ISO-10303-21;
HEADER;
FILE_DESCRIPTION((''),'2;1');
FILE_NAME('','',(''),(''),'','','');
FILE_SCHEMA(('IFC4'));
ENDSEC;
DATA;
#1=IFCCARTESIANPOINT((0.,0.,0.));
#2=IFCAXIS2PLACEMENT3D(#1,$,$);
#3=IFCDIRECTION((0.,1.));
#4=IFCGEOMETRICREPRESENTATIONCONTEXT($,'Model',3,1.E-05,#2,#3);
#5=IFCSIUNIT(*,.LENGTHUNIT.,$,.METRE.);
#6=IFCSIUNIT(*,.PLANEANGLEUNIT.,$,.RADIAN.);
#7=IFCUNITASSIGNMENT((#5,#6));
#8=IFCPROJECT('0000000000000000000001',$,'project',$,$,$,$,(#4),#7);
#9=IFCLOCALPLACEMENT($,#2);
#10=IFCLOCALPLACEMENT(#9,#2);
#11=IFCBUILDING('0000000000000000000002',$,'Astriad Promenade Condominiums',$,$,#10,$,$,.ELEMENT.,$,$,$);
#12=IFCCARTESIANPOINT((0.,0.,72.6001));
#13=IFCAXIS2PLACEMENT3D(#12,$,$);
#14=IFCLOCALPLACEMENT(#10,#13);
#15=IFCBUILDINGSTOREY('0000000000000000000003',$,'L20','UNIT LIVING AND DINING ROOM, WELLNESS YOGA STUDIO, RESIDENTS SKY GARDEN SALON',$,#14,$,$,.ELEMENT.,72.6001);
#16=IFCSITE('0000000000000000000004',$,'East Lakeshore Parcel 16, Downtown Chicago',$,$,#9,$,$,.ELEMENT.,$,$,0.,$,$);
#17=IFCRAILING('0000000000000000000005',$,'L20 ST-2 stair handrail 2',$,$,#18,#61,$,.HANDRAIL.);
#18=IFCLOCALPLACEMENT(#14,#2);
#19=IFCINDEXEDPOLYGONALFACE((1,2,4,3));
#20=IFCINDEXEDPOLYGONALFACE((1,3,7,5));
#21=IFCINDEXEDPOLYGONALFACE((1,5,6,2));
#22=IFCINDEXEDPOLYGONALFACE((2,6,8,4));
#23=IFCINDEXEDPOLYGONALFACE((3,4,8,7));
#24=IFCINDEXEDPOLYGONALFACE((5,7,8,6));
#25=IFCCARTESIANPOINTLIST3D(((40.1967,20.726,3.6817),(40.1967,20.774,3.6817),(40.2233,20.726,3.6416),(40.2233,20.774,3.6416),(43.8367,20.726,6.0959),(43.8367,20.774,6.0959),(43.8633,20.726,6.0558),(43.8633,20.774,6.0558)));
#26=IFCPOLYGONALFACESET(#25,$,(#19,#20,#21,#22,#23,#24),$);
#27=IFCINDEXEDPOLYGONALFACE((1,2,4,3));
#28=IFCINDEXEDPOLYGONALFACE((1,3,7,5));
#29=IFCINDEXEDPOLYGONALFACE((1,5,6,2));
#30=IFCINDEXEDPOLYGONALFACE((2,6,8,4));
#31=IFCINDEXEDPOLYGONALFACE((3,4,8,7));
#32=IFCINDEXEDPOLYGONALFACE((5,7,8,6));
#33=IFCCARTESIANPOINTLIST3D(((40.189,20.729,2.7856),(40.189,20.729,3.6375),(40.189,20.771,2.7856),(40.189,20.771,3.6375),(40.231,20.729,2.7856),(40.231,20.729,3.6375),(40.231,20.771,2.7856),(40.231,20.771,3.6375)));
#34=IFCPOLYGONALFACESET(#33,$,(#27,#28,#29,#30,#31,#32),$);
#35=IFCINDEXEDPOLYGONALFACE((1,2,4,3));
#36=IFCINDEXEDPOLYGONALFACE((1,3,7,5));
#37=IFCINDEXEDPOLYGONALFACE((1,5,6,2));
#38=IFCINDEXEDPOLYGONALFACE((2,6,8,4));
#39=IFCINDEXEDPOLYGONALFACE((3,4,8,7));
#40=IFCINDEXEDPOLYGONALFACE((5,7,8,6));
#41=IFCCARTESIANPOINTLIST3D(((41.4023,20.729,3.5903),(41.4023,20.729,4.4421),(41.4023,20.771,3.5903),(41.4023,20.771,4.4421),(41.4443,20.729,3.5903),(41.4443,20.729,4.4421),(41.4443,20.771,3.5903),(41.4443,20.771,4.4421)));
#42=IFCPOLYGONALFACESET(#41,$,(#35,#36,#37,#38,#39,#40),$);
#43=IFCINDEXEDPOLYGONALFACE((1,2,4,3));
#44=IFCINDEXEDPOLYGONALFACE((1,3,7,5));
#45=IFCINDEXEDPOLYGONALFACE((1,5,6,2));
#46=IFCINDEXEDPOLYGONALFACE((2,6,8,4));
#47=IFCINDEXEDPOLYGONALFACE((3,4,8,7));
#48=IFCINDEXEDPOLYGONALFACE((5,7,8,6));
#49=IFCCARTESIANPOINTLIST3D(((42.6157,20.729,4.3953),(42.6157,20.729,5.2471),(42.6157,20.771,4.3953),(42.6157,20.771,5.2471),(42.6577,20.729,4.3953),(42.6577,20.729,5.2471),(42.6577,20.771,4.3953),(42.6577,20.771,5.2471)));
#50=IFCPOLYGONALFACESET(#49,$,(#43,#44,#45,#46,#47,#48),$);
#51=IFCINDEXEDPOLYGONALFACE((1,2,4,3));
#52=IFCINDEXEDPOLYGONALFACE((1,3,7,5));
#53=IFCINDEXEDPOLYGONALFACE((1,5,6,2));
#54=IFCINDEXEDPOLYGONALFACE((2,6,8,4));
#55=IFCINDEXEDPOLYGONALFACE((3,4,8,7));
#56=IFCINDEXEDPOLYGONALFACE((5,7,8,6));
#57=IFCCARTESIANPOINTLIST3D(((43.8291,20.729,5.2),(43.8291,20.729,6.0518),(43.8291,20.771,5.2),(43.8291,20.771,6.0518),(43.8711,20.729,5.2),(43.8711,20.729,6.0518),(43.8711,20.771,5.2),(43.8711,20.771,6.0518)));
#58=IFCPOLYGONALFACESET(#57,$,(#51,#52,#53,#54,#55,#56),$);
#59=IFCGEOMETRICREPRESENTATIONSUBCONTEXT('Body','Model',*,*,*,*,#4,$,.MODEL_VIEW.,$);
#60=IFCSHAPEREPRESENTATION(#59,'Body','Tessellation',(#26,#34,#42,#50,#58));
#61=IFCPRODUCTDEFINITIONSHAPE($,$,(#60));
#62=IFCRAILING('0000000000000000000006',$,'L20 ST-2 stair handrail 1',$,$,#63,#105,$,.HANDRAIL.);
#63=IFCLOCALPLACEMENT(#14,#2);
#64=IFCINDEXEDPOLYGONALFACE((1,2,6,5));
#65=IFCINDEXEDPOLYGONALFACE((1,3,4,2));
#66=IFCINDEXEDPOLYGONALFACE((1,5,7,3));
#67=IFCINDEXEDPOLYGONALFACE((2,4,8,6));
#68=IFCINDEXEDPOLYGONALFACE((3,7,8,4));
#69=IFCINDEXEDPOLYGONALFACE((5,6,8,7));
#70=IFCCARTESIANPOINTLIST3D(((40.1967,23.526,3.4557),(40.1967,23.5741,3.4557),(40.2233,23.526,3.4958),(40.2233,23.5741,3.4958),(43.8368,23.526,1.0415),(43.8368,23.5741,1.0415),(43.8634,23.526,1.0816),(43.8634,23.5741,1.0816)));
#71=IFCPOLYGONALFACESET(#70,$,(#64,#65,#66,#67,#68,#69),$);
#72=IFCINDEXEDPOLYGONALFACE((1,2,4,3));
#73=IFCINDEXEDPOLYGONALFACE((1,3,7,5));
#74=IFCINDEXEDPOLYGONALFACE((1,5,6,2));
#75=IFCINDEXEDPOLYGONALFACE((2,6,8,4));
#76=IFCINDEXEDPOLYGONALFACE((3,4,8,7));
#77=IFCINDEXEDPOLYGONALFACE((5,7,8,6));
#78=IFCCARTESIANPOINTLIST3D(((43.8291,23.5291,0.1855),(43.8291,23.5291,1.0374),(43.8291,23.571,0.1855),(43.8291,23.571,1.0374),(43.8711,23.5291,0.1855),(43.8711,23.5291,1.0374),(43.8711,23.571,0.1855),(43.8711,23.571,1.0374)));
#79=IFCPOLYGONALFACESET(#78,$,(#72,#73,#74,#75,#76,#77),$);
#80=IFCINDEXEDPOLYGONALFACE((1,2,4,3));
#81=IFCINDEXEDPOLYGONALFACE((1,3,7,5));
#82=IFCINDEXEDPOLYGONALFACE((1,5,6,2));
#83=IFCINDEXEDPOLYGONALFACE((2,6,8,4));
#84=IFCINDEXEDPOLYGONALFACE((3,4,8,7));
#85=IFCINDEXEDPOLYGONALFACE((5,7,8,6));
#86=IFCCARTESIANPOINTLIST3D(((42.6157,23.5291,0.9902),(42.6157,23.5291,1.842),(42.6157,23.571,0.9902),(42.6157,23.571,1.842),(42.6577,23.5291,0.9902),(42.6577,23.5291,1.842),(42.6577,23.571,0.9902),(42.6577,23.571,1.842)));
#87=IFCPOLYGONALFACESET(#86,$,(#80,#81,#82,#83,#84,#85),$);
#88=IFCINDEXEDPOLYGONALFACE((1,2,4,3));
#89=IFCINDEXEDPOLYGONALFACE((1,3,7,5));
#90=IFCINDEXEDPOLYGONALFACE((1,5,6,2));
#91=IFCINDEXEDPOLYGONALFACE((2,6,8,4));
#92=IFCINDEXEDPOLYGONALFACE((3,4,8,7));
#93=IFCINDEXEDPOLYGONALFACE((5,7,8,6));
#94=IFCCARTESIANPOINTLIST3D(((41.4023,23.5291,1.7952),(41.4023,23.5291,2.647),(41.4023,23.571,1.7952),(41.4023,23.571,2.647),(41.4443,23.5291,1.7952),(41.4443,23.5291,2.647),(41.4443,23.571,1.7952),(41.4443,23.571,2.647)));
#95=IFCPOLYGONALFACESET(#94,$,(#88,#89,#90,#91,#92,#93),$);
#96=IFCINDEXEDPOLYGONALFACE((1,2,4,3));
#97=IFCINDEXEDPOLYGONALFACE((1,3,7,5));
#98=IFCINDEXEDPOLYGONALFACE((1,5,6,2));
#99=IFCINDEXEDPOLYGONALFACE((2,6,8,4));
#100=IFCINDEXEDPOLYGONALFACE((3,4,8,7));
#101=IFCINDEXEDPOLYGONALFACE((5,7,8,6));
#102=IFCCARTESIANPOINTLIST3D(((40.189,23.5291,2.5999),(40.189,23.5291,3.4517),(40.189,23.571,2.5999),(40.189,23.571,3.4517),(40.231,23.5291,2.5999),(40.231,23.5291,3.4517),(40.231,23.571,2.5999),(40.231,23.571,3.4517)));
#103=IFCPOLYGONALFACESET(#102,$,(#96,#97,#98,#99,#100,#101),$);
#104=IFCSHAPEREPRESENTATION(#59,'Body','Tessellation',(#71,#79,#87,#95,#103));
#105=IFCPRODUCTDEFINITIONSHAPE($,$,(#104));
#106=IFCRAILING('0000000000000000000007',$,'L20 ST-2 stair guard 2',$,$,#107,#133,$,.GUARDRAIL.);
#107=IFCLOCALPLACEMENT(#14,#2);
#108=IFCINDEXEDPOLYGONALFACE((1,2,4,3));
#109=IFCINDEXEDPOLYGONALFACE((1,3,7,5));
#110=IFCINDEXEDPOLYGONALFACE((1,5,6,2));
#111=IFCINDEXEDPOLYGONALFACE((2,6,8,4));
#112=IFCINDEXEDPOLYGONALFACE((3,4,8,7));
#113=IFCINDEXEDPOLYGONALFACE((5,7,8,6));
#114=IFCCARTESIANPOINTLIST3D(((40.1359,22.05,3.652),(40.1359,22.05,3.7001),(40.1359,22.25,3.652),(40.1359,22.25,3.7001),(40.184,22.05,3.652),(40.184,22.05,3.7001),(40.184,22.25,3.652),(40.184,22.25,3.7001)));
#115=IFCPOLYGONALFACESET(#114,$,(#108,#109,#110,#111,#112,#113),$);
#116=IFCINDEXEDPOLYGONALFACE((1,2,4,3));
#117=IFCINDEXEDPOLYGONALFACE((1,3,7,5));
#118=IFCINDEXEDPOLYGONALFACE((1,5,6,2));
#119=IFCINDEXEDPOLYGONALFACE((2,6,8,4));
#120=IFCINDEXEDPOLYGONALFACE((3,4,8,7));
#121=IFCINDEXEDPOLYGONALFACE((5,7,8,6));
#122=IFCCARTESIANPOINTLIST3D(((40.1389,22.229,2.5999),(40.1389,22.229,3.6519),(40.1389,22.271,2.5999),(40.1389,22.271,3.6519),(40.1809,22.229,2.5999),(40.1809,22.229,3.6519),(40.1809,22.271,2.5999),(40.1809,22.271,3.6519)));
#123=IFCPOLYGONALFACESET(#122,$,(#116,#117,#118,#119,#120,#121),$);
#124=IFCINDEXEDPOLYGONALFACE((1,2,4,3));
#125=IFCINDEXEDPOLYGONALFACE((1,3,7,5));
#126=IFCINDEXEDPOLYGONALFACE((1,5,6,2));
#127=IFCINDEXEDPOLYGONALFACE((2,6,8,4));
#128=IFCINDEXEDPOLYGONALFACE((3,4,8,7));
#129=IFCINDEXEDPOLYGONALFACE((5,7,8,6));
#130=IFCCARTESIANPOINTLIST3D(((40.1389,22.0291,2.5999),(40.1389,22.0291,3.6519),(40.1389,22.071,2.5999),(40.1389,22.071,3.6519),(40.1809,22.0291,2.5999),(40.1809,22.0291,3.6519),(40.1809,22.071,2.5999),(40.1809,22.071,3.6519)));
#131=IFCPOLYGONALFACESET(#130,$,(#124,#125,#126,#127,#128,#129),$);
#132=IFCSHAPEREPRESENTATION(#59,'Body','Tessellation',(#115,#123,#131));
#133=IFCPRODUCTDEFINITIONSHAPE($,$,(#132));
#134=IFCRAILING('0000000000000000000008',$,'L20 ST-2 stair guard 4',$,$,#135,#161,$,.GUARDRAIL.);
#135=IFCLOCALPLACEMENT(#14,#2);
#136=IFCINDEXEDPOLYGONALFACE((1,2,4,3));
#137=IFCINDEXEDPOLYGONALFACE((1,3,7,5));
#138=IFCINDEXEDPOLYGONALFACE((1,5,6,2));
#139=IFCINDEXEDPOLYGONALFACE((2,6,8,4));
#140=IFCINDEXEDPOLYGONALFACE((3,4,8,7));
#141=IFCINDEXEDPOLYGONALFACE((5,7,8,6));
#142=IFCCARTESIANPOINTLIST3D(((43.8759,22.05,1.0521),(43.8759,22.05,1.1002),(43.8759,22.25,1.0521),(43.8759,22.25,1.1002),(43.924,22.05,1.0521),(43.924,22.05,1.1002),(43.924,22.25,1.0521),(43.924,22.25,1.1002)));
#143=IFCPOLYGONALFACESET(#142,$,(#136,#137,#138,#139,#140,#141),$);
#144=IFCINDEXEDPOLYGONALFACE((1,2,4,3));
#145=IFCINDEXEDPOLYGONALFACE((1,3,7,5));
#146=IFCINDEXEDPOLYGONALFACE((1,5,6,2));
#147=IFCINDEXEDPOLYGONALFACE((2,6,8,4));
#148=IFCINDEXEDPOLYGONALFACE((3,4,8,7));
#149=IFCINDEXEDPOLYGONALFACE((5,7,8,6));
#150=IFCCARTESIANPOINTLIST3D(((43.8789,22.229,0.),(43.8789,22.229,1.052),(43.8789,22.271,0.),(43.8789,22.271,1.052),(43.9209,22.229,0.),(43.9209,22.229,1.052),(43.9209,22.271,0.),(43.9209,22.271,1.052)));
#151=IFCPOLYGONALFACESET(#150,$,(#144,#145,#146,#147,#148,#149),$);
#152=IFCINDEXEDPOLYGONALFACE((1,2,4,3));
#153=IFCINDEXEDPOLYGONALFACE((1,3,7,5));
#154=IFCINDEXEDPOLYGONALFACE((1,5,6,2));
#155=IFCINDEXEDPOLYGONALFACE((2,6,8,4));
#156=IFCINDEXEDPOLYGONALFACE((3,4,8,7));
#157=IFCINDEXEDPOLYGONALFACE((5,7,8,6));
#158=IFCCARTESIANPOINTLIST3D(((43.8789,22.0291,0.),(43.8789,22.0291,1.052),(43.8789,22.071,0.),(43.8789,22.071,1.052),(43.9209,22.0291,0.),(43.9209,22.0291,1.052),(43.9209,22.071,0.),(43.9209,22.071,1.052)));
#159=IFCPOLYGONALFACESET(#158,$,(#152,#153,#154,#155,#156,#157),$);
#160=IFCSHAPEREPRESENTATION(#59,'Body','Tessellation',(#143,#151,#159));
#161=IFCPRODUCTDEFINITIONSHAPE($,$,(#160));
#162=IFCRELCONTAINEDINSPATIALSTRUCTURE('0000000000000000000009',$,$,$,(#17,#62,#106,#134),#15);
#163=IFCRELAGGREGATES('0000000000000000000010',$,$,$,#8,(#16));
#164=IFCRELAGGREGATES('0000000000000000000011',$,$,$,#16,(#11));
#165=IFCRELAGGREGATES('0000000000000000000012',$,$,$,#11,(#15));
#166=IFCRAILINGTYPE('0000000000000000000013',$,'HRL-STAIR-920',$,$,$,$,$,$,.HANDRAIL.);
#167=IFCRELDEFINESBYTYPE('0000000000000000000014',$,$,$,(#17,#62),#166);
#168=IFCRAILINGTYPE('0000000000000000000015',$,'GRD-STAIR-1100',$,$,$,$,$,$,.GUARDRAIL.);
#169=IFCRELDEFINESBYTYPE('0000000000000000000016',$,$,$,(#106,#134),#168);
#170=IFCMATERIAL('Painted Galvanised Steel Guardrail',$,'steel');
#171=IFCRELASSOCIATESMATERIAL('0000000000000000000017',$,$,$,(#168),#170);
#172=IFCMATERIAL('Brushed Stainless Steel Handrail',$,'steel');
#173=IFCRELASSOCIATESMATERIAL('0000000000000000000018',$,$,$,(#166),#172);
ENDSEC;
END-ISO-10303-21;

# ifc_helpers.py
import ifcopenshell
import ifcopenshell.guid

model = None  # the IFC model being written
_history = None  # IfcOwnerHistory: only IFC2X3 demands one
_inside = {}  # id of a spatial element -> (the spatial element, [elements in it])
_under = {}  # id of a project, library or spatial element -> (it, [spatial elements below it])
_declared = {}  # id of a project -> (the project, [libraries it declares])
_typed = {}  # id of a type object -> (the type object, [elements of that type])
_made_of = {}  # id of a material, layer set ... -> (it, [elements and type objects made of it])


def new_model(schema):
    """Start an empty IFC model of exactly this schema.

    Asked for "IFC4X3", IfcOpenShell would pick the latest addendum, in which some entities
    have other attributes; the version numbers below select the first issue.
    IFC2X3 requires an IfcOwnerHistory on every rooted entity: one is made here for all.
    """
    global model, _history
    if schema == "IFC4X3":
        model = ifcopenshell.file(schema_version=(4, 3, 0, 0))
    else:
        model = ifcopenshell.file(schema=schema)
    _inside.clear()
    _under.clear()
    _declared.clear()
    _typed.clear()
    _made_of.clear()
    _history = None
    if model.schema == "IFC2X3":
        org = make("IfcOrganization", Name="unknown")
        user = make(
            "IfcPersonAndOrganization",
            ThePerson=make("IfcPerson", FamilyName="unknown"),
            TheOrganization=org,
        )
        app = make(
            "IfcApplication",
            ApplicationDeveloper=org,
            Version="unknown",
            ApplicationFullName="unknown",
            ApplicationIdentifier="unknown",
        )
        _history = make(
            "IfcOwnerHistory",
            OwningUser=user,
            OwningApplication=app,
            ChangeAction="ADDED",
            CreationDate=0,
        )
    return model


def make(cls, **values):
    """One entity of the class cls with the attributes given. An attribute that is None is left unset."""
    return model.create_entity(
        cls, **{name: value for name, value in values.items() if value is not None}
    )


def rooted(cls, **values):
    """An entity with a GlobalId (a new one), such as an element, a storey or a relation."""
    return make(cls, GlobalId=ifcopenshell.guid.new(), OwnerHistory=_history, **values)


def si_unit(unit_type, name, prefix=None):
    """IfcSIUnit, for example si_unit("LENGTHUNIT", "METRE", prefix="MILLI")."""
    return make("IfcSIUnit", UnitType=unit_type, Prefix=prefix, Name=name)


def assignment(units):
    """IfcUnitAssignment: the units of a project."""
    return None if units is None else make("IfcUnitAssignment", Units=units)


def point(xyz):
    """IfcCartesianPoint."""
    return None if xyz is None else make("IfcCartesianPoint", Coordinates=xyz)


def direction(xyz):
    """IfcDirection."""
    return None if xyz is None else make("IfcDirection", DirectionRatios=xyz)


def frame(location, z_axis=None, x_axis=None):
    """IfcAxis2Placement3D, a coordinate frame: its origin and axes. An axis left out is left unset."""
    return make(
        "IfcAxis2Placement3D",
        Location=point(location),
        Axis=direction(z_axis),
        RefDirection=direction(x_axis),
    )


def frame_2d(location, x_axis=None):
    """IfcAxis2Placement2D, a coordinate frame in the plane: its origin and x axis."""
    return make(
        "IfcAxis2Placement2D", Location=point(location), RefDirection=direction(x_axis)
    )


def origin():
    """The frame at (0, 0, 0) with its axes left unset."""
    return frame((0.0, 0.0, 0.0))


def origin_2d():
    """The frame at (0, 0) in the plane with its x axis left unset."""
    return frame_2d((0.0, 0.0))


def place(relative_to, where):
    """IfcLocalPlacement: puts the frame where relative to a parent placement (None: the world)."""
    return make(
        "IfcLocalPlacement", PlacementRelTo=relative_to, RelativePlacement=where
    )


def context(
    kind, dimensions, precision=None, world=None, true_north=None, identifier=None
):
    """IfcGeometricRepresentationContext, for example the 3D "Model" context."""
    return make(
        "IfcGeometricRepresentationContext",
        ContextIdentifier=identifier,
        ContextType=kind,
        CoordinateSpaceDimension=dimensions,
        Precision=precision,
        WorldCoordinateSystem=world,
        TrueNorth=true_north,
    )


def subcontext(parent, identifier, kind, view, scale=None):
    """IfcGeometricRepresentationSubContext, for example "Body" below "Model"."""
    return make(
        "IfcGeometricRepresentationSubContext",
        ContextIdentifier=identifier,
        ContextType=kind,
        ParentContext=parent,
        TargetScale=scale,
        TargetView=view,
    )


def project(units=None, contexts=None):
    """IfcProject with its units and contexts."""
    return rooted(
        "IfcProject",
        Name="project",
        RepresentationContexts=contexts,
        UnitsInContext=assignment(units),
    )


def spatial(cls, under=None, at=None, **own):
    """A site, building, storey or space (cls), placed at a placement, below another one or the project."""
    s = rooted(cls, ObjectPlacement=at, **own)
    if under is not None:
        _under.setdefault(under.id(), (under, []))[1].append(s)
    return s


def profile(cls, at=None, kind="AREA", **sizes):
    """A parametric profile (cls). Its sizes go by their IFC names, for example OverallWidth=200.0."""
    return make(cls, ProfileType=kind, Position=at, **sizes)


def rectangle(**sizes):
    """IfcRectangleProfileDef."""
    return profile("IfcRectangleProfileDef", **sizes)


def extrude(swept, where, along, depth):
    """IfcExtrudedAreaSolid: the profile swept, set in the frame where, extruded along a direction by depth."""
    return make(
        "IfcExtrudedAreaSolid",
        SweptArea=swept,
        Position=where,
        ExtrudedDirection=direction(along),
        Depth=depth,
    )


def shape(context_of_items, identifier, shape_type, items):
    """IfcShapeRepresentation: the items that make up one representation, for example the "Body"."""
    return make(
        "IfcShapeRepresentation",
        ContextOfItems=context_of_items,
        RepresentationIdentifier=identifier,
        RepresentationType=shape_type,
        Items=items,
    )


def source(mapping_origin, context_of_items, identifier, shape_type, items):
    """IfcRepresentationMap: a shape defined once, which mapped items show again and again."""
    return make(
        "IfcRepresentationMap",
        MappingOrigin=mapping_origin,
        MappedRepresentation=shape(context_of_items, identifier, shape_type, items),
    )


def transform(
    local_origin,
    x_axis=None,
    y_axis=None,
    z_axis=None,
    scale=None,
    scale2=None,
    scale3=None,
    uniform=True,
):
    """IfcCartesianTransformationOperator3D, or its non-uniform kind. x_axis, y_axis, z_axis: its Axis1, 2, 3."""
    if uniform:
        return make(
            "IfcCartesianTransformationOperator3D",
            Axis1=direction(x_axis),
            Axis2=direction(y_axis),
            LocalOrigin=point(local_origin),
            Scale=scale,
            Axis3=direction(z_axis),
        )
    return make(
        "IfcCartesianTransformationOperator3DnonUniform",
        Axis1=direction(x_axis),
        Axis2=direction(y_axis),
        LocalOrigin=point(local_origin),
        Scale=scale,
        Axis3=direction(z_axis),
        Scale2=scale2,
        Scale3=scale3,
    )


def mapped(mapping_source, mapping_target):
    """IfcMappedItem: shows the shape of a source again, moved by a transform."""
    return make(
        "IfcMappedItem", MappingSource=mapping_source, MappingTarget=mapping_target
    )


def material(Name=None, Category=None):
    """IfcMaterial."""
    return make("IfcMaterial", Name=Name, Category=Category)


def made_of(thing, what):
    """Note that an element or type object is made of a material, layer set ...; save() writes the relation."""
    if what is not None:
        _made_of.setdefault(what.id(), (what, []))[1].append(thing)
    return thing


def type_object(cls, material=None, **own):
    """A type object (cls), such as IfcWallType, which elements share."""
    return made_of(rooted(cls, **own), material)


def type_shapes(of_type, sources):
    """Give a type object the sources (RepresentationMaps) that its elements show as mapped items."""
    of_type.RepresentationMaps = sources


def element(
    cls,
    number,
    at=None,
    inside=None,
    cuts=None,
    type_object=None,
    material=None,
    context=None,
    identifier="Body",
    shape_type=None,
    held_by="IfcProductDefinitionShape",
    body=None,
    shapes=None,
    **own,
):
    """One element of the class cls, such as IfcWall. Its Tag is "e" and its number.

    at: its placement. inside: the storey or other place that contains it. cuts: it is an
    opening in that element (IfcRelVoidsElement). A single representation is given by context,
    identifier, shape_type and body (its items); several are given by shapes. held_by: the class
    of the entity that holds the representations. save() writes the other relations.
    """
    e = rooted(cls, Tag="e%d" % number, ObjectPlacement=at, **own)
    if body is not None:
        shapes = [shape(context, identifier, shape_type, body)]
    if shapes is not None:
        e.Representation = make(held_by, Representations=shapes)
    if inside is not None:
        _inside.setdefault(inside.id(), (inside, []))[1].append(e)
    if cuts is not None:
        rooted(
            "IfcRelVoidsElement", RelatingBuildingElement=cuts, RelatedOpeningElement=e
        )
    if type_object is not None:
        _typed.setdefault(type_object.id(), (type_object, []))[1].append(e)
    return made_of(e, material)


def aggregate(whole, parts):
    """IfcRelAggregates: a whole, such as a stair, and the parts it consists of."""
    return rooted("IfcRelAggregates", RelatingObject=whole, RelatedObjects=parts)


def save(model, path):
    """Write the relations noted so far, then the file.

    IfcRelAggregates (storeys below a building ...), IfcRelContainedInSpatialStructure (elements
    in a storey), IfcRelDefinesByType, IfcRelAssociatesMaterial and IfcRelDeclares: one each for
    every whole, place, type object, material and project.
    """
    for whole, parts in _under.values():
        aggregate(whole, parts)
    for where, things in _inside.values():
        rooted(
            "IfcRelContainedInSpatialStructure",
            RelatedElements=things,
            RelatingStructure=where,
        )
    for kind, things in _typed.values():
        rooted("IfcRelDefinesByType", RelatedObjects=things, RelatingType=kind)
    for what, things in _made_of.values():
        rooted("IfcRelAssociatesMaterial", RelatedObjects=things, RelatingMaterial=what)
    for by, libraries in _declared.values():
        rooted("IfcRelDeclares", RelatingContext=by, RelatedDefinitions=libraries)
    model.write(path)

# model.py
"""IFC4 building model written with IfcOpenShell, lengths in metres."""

from ifc_helpers import new_model, si_unit, direction, frame, origin, origin_2d, place, context, subcontext, project, spatial, rectangle, extrude, source, transform, mapped, material, type_object, type_shapes, element, save


model = new_model("IFC4")

# Units and contexts
model_context = context("Model", 3, precision=1e-05, world=origin(), true_north=direction((0.0, 1.0)))
body_context = subcontext(model_context, "Body", "Model", "MODEL_VIEW")
ifc_project = project(units=[si_unit("LENGTHUNIT", "METRE"), si_unit("PLANEANGLEUNIT", "RADIAN")], contexts=[model_context])

# Site, building, storey
site_placement = place(None, origin())
site = spatial("IfcSite", under=ifc_project, at=site_placement, Name="East Lakeshore Parcel 16, Downtown Chicago", CompositionType="ELEMENT", RefElevation=0.0)
building_placement = place(site_placement, origin())
building = spatial("IfcBuilding", under=site, at=building_placement, Name="Astriad Promenade Condominiums", CompositionType="ELEMENT")
storey_placement = place(building_placement, frame((0.0, 0.0, 72.6001)))
storey = spatial("IfcBuildingStorey", under=building, at=storey_placement, Name="L20", Description="UNIT LIVING AND DINING ROOM, WELLNESS YOGA STUDIO, RESIDENTS SKY GARDEN SALON", CompositionType="ELEMENT", Elevation=72.6001)

# Railings
ifc_material_1 = material(Name="Painted Galvanised Steel Guardrail", Category="steel")
railing_type_1 = type_object("IfcRailingType", Name="GRD-STAIR-1100", PredefinedType="GUARDRAIL", material=ifc_material_1)
ifc_material_2 = material(Name="Brushed Stainless Steel Handrail", Category="steel")
railing_type_2 = type_object("IfcRailingType", Name="HRL-STAIR-920", PredefinedType="HANDRAIL", material=ifc_material_2)
shared_shape_1 = source(origin(), body_context, "Body", "SweptSolid", [
    extrude(rectangle(XDim=0.0481, YDim=0.0481, at=origin_2d()), frame((0.0, 0.0, 0.876), z_axis=(0.833364, 0.0, 0.552725), x_axis=(0.0, 1.0, 0.0)), (0.0, 0.0, 1.0), 4.3679),
    extrude(rectangle(XDim=0.042, YDim=0.042, at=origin_2d()), origin(), (0.0, 0.0, 1.0), 0.8518),
    extrude(rectangle(XDim=0.042, YDim=0.042, at=origin_2d()), frame((1.2134, 0.0, 0.8047)), (0.0, 0.0, 1.0), 0.8518),
    extrude(rectangle(XDim=0.042, YDim=0.042, at=origin_2d()), frame((2.4268, 0.0, 1.6096)), (0.0, 0.0, 1.0), 0.8518),
    extrude(rectangle(XDim=0.042, YDim=0.042, at=origin_2d()), frame((3.6401, 0.0, 2.4143)), (0.0, 0.0, 1.0), 0.8518),
])
railing_1_placement = place(storey_placement, frame((40.21, 20.75, 2.7856)))
element("IfcRailing", 1, at=railing_1_placement, inside=storey, type_object=railing_type_2, Name="L20 ST-2 stair handrail 2", PredefinedType="HANDRAIL", context=body_context, shape_type="MappedRepresentation", body=[
    mapped(shared_shape_1, transform((0.0, 0.0, 0.0), scale=1.0)),
])
shared_shape_2 = source(origin(), body_context, "Body", "SweptSolid", [
    extrude(rectangle(XDim=0.0481, YDim=0.0481, at=origin_2d()), frame((0.0, 0.0, 0.876), z_axis=(-0.833364, 0.0, 0.552725), x_axis=(0.0, -1.0, 0.0)), (0.0, 0.0, 1.0), 4.3679),
    extrude(rectangle(XDim=0.042, YDim=0.042, at=origin_2d()), origin(), (0.0, 0.0, 1.0), 0.8518),
    extrude(rectangle(XDim=0.042, YDim=0.042, at=origin_2d()), frame((-1.2134, 0.0, 0.8047)), (0.0, 0.0, 1.0), 0.8518),
    extrude(rectangle(XDim=0.042, YDim=0.042, at=origin_2d()), frame((-2.4268, 0.0, 1.6096)), (0.0, 0.0, 1.0), 0.8518),
    extrude(rectangle(XDim=0.042, YDim=0.042, at=origin_2d()), frame((-3.6401, 0.0, 2.4143)), (0.0, 0.0, 1.0), 0.8518),
])
type_shapes(railing_type_2, [shared_shape_1, shared_shape_2])
railing_2_placement = place(storey_placement, frame((43.8501, 23.55, 0.1855)))
element("IfcRailing", 2, at=railing_2_placement, inside=storey, type_object=railing_type_2, Name="L20 ST-2 stair handrail 1", PredefinedType="HANDRAIL", context=body_context, shape_type="MappedRepresentation", body=[
    mapped(shared_shape_2, transform((0.0, 0.0, 0.0), scale=1.0)),
])
shared_shape_3 = source(origin(), body_context, "Body", "SweptSolid", [
    extrude(rectangle(XDim=0.0481, YDim=0.0481, at=origin_2d()), frame((0.0, 0.0, 1.0762), z_axis=(0.0, -1.0, 0.0), x_axis=(1.0, 0.0, 0.0)), (0.0, 0.0, 1.0), 0.2),
    extrude(rectangle(XDim=0.042, YDim=0.042, at=origin_2d()), origin(), (0.0, 0.0, 1.0), 1.052),
    extrude(rectangle(XDim=0.042, YDim=0.042, at=origin_2d()), frame((0.0, -0.2, 0.0)), (0.0, 0.0, 1.0), 1.052),
])
for number, where, name in (
    (3, (40.1599, 22.25, 2.5999), "L20 ST-2 stair guard 2"),
    (4, (43.8999, 22.25, 0.0), "L20 ST-2 stair guard 4"),
):
    element("IfcRailing", number, at=place(storey_placement, frame(where)), inside=storey, type_object=railing_type_1, Name=name, PredefinedType="GUARDRAIL", context=body_context, shape_type="MappedRepresentation", body=[
        mapped(shared_shape_3, transform((0.0, 0.0, 0.0), scale=1.0)),
    ])

save(model, "model.ifc")
